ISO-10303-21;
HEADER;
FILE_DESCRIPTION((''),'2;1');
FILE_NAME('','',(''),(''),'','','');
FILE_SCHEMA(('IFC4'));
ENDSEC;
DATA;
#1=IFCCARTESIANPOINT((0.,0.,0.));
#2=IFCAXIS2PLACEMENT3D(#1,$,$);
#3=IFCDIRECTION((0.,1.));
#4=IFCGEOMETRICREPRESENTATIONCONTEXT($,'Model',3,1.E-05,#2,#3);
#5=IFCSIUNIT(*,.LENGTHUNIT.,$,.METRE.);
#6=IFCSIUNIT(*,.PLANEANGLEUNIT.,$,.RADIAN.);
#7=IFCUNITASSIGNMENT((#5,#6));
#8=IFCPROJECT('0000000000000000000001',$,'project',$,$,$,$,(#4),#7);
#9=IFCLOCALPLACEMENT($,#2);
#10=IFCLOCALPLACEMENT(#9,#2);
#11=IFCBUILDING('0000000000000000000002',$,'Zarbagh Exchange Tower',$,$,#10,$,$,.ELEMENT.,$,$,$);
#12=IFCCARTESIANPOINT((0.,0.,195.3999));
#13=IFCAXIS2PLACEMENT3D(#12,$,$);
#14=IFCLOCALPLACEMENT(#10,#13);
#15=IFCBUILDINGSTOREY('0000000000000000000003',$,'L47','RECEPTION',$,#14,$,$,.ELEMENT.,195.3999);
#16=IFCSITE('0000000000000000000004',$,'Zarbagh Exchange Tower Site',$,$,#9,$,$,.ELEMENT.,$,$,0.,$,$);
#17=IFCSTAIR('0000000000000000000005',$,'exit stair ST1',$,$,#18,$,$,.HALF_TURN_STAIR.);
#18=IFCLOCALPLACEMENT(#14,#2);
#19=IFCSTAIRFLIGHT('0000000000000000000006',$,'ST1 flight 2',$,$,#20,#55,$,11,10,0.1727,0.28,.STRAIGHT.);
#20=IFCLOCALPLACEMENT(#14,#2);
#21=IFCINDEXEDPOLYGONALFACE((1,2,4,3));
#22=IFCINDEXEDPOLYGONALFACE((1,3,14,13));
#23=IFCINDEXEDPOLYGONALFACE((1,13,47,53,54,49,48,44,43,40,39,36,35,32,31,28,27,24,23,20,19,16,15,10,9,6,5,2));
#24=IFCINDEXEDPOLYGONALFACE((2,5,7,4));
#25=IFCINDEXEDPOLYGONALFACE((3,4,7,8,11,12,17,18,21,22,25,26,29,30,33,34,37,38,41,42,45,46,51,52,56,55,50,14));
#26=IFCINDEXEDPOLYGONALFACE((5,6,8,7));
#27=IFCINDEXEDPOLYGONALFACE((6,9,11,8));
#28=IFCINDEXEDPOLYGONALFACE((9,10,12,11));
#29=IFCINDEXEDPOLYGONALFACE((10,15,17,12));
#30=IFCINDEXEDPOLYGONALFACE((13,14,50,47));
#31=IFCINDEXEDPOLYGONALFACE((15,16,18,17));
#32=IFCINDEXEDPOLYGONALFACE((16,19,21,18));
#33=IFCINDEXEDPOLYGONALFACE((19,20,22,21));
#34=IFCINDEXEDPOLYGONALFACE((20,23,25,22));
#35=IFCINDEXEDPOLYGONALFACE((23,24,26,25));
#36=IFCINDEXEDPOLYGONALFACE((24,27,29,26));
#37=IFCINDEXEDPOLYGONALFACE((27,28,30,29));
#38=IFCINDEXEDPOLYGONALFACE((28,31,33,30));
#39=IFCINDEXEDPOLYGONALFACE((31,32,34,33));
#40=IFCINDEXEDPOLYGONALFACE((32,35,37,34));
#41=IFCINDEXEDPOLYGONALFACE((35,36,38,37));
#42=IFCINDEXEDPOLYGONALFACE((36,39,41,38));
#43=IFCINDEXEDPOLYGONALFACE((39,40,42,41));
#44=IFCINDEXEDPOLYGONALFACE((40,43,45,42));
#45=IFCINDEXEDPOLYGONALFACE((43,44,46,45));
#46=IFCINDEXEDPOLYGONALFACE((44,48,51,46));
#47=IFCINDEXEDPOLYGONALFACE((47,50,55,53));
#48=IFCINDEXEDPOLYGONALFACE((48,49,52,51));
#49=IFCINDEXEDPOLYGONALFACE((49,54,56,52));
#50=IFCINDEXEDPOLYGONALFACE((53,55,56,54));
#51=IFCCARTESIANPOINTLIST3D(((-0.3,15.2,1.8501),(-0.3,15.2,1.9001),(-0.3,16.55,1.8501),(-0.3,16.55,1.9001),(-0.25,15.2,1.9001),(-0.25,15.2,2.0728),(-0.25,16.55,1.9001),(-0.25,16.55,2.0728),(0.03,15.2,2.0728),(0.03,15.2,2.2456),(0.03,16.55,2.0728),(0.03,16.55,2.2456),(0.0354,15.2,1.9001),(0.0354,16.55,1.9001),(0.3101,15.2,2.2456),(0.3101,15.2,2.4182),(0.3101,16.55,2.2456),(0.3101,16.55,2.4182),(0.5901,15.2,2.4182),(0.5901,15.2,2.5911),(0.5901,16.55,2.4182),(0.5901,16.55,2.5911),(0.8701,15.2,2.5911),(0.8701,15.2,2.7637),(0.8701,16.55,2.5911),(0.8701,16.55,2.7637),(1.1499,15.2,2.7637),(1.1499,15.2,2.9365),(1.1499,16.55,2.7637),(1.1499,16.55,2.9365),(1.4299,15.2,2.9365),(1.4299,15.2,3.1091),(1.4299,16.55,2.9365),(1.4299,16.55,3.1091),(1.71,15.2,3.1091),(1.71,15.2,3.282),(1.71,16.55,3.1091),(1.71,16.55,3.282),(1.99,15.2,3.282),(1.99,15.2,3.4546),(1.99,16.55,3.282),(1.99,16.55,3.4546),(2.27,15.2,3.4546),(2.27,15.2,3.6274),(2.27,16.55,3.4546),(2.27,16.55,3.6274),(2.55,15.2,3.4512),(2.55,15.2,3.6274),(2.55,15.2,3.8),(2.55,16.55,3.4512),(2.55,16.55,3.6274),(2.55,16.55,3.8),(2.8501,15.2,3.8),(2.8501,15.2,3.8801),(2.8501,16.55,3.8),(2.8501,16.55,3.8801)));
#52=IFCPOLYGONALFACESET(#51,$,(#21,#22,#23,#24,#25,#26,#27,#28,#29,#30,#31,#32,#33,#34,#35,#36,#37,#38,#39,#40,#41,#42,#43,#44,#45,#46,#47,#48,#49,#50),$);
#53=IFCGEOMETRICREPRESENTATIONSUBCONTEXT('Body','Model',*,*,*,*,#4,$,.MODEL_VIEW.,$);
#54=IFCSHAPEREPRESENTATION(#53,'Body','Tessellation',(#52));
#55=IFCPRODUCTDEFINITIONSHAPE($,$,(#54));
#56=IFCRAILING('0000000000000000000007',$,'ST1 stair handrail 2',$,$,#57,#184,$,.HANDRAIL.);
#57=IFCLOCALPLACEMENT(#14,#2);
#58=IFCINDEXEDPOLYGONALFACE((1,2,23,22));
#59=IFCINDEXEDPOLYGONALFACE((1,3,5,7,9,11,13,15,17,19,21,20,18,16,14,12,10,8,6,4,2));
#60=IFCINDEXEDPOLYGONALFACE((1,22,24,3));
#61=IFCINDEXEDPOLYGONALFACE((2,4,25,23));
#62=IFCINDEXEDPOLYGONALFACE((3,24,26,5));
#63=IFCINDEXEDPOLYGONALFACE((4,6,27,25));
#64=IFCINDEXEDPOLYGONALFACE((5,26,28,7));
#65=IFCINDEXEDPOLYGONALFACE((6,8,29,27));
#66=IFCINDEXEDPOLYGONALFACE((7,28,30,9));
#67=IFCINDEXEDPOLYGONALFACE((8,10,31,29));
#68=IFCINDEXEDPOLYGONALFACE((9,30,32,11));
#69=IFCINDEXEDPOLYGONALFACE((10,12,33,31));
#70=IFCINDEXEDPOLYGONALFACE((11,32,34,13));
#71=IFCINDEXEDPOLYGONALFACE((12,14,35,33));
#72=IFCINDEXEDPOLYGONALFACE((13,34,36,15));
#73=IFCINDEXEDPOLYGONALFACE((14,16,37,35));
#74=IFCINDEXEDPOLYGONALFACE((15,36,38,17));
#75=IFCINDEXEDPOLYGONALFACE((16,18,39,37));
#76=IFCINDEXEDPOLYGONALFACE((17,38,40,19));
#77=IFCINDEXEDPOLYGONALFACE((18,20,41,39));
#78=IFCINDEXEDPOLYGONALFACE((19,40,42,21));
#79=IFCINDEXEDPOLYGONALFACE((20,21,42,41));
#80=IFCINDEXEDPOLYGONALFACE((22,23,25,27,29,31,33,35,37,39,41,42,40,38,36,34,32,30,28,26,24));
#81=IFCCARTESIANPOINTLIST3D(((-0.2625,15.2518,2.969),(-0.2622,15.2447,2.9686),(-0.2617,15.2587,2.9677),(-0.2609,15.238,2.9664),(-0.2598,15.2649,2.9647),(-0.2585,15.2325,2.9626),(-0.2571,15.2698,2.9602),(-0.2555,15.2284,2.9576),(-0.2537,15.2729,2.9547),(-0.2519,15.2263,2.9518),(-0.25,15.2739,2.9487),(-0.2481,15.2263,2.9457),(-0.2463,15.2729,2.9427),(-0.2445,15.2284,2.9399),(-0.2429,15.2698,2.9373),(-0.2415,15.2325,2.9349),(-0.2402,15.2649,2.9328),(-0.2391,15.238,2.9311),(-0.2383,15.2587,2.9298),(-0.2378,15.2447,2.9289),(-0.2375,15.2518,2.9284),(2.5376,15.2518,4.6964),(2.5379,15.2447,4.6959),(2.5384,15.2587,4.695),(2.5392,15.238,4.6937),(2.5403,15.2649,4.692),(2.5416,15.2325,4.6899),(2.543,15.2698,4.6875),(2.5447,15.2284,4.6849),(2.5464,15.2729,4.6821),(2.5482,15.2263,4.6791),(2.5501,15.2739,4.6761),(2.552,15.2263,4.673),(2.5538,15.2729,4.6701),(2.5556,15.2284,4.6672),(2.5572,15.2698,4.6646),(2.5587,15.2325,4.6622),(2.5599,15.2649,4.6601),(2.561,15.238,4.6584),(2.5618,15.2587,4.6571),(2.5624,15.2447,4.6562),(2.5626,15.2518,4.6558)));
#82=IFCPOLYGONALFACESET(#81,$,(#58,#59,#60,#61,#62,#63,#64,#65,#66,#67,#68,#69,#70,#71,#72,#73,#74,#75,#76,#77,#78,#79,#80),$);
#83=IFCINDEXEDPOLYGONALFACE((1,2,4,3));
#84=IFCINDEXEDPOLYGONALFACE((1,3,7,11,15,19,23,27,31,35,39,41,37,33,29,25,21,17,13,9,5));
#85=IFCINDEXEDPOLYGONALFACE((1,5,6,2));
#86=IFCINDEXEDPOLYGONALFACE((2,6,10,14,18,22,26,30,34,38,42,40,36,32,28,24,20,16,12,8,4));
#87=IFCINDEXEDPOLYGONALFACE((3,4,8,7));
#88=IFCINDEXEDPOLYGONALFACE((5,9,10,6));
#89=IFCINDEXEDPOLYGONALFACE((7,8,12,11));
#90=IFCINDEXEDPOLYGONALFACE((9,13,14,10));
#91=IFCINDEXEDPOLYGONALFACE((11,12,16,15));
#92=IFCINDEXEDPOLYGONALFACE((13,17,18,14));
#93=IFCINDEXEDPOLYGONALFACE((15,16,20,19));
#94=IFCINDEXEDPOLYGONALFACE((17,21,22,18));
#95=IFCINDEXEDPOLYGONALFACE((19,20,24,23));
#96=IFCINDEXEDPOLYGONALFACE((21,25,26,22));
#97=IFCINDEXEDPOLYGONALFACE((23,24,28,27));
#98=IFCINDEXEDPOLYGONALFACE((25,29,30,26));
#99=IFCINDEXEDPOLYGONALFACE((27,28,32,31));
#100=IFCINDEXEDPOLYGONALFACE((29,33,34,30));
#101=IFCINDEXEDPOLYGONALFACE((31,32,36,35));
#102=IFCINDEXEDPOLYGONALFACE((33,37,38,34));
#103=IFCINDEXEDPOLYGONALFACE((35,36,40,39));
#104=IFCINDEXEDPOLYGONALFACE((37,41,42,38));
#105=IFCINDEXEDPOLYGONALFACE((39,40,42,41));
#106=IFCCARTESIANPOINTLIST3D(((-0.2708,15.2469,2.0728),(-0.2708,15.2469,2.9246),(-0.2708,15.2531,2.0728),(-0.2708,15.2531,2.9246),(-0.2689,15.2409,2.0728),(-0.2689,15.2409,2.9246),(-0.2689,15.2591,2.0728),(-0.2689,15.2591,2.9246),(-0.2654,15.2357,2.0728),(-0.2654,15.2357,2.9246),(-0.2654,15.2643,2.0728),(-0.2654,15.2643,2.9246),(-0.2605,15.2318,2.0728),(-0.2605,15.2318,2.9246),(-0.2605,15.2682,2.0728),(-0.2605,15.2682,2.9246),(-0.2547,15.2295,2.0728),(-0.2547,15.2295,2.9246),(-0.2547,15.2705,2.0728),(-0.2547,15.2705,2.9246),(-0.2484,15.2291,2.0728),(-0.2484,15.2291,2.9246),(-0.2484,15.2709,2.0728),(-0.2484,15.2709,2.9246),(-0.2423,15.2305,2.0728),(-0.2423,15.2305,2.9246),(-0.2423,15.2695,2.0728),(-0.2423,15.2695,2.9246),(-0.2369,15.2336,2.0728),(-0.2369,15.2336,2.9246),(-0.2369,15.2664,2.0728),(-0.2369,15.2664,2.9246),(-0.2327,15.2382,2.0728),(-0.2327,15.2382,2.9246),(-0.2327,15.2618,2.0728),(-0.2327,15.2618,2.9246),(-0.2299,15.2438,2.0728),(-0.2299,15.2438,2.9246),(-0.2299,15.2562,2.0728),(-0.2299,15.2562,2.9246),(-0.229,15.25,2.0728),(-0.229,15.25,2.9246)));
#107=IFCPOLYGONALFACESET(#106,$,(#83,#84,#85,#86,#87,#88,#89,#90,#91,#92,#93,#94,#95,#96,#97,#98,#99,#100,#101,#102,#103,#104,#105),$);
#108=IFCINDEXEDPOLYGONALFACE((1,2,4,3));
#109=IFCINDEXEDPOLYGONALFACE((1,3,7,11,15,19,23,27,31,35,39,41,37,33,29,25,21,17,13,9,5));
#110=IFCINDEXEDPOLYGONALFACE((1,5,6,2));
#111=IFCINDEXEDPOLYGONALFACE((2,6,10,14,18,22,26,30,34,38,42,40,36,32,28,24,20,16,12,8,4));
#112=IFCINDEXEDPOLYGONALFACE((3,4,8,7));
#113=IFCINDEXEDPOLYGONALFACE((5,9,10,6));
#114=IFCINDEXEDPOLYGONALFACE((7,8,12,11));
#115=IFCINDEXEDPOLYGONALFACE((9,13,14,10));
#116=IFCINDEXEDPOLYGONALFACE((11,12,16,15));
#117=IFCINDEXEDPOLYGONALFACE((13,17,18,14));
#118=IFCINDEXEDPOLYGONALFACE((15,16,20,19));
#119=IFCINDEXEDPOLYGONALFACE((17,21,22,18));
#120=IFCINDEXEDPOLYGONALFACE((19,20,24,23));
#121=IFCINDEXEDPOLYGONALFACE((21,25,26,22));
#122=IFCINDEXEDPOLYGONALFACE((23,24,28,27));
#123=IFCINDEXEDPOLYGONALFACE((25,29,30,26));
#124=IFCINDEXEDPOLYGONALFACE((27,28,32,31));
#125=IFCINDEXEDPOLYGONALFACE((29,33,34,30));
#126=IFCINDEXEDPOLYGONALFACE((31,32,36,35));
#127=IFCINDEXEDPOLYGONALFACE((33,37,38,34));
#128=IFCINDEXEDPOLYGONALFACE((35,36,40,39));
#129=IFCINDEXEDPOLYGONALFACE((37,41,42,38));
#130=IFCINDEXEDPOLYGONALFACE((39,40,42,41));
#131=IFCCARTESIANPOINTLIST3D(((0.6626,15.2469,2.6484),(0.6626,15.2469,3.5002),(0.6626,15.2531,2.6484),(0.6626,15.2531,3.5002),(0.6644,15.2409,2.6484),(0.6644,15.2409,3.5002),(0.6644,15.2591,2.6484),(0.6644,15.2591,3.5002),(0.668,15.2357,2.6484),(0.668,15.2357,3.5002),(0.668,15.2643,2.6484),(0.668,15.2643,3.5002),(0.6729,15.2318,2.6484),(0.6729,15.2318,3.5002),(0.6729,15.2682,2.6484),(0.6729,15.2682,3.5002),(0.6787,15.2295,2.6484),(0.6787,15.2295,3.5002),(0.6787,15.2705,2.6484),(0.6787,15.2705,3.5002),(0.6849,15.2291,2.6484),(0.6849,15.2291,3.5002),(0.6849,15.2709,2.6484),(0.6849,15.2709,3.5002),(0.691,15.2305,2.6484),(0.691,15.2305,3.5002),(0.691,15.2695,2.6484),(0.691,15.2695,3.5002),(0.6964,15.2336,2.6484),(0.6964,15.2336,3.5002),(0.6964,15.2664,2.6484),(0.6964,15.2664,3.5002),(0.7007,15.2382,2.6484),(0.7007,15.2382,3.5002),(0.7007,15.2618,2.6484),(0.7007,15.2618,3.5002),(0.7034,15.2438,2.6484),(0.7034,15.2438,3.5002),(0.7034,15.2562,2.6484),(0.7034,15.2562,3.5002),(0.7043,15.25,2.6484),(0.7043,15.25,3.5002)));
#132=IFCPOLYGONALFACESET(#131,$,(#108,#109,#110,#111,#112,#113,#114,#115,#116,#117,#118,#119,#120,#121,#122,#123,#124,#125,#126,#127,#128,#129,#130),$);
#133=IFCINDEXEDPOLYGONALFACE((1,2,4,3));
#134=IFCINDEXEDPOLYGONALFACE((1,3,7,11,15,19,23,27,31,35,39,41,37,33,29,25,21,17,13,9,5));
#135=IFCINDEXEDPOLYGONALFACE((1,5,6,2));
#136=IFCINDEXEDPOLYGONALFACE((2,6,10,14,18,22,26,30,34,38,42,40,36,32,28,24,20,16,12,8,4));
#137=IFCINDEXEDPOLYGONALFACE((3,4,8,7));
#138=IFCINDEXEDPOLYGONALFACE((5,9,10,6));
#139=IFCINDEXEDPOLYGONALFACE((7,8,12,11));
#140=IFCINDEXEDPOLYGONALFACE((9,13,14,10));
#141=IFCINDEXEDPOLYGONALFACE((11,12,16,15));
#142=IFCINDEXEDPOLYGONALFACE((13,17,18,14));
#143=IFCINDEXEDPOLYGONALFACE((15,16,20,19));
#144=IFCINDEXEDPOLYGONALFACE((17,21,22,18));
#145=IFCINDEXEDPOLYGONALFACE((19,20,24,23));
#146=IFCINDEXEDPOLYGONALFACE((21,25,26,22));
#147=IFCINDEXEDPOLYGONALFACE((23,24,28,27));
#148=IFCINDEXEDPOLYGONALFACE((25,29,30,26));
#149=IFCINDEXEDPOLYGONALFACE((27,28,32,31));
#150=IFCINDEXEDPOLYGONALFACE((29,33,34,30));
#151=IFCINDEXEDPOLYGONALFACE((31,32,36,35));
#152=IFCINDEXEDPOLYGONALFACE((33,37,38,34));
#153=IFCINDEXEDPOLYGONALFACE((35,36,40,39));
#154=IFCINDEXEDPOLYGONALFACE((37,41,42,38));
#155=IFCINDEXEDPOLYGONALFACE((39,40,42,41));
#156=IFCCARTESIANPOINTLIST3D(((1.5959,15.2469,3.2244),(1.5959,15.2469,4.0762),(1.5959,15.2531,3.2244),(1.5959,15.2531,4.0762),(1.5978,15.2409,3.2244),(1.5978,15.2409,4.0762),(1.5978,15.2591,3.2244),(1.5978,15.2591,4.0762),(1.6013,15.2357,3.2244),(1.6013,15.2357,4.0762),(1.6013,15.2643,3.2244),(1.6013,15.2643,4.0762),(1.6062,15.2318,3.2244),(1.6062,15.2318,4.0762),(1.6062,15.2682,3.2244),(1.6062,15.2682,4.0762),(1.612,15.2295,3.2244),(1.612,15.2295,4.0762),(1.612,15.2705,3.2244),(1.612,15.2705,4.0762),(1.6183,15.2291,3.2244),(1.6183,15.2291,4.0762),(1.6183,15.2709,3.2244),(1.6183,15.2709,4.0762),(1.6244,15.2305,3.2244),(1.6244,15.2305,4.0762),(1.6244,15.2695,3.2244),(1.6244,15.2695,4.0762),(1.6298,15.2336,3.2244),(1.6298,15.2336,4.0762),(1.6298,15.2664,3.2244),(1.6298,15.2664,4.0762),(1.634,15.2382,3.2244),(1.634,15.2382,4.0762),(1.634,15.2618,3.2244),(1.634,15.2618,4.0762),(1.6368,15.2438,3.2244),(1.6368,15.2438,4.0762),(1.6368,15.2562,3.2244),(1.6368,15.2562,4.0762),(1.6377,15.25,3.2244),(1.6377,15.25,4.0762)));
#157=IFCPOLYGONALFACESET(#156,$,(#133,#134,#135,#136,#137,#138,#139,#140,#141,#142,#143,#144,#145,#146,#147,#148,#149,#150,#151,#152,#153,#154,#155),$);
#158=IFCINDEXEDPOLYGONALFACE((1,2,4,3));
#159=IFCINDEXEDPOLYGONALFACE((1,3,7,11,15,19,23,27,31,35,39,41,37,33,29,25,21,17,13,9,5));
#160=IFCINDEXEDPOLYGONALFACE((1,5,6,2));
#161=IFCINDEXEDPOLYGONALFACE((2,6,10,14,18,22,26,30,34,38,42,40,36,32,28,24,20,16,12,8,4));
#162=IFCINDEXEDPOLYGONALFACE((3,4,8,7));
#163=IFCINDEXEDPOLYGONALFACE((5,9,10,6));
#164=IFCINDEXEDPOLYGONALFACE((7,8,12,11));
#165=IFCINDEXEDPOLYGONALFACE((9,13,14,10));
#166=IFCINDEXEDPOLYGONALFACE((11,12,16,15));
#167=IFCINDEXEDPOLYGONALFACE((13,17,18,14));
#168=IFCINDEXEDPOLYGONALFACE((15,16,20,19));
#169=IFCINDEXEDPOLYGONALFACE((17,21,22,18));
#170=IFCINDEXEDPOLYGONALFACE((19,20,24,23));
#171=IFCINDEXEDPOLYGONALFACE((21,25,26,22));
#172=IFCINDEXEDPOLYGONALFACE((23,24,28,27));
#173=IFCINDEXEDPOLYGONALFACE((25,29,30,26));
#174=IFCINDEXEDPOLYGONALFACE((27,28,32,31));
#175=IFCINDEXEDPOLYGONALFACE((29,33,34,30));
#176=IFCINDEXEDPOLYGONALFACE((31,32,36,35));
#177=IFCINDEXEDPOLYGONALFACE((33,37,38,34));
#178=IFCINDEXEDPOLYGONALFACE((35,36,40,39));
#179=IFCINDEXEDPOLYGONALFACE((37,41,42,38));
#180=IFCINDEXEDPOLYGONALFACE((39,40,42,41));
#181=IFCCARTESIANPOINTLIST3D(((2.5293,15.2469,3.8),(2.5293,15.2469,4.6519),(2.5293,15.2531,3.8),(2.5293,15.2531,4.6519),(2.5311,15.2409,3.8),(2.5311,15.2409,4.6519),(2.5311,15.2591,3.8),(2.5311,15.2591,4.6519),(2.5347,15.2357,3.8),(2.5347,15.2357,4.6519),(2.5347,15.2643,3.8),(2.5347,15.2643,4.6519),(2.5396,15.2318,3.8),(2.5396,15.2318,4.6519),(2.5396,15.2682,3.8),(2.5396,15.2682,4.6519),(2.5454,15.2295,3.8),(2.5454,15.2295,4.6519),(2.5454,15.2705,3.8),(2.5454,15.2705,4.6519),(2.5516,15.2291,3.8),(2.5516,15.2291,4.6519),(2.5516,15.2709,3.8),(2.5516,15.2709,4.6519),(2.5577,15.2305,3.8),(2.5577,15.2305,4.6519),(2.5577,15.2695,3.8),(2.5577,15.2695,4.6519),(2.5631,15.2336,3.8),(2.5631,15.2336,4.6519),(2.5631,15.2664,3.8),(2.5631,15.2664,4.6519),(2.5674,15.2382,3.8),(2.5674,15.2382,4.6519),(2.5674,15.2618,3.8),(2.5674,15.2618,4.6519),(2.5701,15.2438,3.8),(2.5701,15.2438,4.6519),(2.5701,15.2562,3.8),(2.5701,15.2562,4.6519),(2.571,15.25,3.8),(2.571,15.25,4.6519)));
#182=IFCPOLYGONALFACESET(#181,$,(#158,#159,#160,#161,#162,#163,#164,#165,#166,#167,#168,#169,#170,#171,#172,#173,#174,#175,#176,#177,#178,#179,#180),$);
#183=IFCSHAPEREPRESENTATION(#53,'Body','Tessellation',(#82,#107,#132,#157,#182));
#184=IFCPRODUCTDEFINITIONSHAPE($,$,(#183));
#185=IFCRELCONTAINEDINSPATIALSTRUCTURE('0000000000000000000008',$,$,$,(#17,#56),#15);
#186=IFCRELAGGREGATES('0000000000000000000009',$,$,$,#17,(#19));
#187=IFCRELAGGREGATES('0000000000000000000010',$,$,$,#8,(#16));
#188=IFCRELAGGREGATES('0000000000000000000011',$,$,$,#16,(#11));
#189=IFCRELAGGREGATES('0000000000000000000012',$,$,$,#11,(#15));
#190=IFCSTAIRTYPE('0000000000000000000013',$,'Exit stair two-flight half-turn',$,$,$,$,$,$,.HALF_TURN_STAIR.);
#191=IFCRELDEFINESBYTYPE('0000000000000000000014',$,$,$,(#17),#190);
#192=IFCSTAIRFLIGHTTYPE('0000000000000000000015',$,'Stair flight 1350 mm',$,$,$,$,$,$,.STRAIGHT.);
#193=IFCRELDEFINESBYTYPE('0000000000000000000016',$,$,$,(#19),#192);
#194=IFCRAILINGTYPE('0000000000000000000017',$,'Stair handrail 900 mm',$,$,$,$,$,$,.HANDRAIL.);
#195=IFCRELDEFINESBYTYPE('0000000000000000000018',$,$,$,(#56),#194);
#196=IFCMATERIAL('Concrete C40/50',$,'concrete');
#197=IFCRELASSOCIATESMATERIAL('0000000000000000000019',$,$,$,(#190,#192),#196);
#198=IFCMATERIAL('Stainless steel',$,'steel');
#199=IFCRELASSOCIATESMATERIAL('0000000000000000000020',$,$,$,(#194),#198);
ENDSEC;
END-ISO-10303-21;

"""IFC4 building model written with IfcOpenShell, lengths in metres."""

from ifc_helpers import new_model, si_unit, direction, frame, origin, origin_2d, place, context, subcontext, project, spatial, polyline, circle, outline, extrude, material, type_object, element, aggregate, save


model = new_model("IFC4")

# Units and contexts
model_context = context("Model", 3, precision=1e-05, world=origin(), true_north=direction((0.0, 1.0)))
body_context = subcontext(model_context, "Body", "Model", "MODEL_VIEW")
ifc_project = project(units=[si_unit("LENGTHUNIT", "METRE"), si_unit("PLANEANGLEUNIT", "RADIAN")], contexts=[model_context])

# Site, building, storey
site_placement = place(None, origin())
site = spatial("IfcSite", under=ifc_project, at=site_placement, Name="Zarbagh Exchange Tower Site", CompositionType="ELEMENT", RefElevation=0.0)
building_placement = place(site_placement, origin())
building = spatial("IfcBuilding", under=site, at=building_placement, Name="Zarbagh Exchange Tower", CompositionType="ELEMENT")
storey_placement = place(building_placement, frame((0.0, 0.0, 195.3999)))
storey = spatial("IfcBuildingStorey", under=building, at=storey_placement, Name="L47", Description="RECEPTION", CompositionType="ELEMENT", Elevation=195.3999)

# Stair, stair flight
ifc_material_1 = material(Name="Concrete C40/50", Category="concrete")
stair_type = type_object("IfcStairType", Name="Exit stair two-flight half-turn", PredefinedType="HALF_TURN_STAIR", material=ifc_material_1)
stair_placement = place(storey_placement, origin())
stair = element("IfcStair", 1, at=stair_placement, inside=storey, type_object=stair_type, Name="exit stair ST1", PredefinedType="HALF_TURN_STAIR")
stair_flight_type = type_object("IfcStairFlightType", Name="Stair flight 1350 mm", PredefinedType="STRAIGHT", material=ifc_material_1)
stair_flight_placement = place(storey_placement, frame((-0.25, 15.875, 1.9001), z_axis=(0.0, 0.0, 1.0), x_axis=(1.0, 0.0, 0.0)))
stair_flight = element("IfcStairFlight", 2, at=stair_flight_placement, type_object=stair_flight_type, Name="ST1 flight 2", NumberOfRisers=11, NumberOfTreads=10, PredefinedType="STRAIGHT", RiserHeight=0.1727, TreadLength=0.28, context=body_context, shape_type="SweptSolid", body=[
    extrude(outline(polyline([(-0.05, -0.05), (-0.05, 0.0), (0.0, 0.0), (0.0, 0.1726), (0.28, 0.1726), (0.28, 0.3455), (0.5601, 0.3455), (0.5601, 0.5181), (0.8401, 0.5181), (0.8401, 0.6909), (1.1201, 0.6909), (1.1201, 0.8635), (1.3999, 0.8635), (1.3999, 1.0364), (1.6799, 1.0364), (1.6799, 1.209), (1.96, 1.209), (1.96, 1.3818), (2.24, 1.3818), (2.24, 1.5544), (2.52, 1.5544), (2.52, 1.7273), (2.8, 1.7273), (2.8, 1.8999), (3.1001, 1.98), (3.1001, 1.8999), (2.8, 1.551), (0.2854, 0.0), (-0.05, -0.05)])), frame((0.0, 0.675, 0.0), z_axis=(0.0, -1.0, 0.0), x_axis=(1.0, 0.0, 0.0)), (0.0, 0.0, 1.0), 1.3501),
])
aggregate(stair, [stair_flight])

# Railing
ifc_material_2 = material(Name="Stainless steel", Category="steel")
railing_type = type_object("IfcRailingType", Name="Stair handrail 900 mm", PredefinedType="HANDRAIL", material=ifc_material_2)
railing_placement = place(storey_placement, frame((-0.25, 15.25, 2.0728)))
element("IfcRailing", 3, at=railing_placement, inside=storey, type_object=railing_type, Name="ST1 stair handrail 2", PredefinedType="HANDRAIL", context=body_context, shape_type="SweptSolid", body=[
    extrude(circle(Radius=0.0239, at=origin_2d()), frame((0.0, 0.0, 0.876), z_axis=(0.85109, 0.0, 0.52502), x_axis=(0.0, 1.0, 0.0)), (0.0, 0.0, 1.0), 3.29),
    extrude(circle(Radius=0.021, at=origin_2d()), origin(), (0.0, 0.0, 1.0), 0.8518),
    extrude(circle(Radius=0.021, at=origin_2d()), frame((0.9333, 0.0, 0.5757)), (0.0, 0.0, 1.0), 0.8518),
    extrude(circle(Radius=0.021, at=origin_2d()), frame((1.8667, 0.0, 1.1516)), (0.0, 0.0, 1.0), 0.8518),
    extrude(circle(Radius=0.021, at=origin_2d()), frame((2.8, 0.0, 1.7273)), (0.0, 0.0, 1.0), 0.8518),
])

save(model, "model.ifc")
